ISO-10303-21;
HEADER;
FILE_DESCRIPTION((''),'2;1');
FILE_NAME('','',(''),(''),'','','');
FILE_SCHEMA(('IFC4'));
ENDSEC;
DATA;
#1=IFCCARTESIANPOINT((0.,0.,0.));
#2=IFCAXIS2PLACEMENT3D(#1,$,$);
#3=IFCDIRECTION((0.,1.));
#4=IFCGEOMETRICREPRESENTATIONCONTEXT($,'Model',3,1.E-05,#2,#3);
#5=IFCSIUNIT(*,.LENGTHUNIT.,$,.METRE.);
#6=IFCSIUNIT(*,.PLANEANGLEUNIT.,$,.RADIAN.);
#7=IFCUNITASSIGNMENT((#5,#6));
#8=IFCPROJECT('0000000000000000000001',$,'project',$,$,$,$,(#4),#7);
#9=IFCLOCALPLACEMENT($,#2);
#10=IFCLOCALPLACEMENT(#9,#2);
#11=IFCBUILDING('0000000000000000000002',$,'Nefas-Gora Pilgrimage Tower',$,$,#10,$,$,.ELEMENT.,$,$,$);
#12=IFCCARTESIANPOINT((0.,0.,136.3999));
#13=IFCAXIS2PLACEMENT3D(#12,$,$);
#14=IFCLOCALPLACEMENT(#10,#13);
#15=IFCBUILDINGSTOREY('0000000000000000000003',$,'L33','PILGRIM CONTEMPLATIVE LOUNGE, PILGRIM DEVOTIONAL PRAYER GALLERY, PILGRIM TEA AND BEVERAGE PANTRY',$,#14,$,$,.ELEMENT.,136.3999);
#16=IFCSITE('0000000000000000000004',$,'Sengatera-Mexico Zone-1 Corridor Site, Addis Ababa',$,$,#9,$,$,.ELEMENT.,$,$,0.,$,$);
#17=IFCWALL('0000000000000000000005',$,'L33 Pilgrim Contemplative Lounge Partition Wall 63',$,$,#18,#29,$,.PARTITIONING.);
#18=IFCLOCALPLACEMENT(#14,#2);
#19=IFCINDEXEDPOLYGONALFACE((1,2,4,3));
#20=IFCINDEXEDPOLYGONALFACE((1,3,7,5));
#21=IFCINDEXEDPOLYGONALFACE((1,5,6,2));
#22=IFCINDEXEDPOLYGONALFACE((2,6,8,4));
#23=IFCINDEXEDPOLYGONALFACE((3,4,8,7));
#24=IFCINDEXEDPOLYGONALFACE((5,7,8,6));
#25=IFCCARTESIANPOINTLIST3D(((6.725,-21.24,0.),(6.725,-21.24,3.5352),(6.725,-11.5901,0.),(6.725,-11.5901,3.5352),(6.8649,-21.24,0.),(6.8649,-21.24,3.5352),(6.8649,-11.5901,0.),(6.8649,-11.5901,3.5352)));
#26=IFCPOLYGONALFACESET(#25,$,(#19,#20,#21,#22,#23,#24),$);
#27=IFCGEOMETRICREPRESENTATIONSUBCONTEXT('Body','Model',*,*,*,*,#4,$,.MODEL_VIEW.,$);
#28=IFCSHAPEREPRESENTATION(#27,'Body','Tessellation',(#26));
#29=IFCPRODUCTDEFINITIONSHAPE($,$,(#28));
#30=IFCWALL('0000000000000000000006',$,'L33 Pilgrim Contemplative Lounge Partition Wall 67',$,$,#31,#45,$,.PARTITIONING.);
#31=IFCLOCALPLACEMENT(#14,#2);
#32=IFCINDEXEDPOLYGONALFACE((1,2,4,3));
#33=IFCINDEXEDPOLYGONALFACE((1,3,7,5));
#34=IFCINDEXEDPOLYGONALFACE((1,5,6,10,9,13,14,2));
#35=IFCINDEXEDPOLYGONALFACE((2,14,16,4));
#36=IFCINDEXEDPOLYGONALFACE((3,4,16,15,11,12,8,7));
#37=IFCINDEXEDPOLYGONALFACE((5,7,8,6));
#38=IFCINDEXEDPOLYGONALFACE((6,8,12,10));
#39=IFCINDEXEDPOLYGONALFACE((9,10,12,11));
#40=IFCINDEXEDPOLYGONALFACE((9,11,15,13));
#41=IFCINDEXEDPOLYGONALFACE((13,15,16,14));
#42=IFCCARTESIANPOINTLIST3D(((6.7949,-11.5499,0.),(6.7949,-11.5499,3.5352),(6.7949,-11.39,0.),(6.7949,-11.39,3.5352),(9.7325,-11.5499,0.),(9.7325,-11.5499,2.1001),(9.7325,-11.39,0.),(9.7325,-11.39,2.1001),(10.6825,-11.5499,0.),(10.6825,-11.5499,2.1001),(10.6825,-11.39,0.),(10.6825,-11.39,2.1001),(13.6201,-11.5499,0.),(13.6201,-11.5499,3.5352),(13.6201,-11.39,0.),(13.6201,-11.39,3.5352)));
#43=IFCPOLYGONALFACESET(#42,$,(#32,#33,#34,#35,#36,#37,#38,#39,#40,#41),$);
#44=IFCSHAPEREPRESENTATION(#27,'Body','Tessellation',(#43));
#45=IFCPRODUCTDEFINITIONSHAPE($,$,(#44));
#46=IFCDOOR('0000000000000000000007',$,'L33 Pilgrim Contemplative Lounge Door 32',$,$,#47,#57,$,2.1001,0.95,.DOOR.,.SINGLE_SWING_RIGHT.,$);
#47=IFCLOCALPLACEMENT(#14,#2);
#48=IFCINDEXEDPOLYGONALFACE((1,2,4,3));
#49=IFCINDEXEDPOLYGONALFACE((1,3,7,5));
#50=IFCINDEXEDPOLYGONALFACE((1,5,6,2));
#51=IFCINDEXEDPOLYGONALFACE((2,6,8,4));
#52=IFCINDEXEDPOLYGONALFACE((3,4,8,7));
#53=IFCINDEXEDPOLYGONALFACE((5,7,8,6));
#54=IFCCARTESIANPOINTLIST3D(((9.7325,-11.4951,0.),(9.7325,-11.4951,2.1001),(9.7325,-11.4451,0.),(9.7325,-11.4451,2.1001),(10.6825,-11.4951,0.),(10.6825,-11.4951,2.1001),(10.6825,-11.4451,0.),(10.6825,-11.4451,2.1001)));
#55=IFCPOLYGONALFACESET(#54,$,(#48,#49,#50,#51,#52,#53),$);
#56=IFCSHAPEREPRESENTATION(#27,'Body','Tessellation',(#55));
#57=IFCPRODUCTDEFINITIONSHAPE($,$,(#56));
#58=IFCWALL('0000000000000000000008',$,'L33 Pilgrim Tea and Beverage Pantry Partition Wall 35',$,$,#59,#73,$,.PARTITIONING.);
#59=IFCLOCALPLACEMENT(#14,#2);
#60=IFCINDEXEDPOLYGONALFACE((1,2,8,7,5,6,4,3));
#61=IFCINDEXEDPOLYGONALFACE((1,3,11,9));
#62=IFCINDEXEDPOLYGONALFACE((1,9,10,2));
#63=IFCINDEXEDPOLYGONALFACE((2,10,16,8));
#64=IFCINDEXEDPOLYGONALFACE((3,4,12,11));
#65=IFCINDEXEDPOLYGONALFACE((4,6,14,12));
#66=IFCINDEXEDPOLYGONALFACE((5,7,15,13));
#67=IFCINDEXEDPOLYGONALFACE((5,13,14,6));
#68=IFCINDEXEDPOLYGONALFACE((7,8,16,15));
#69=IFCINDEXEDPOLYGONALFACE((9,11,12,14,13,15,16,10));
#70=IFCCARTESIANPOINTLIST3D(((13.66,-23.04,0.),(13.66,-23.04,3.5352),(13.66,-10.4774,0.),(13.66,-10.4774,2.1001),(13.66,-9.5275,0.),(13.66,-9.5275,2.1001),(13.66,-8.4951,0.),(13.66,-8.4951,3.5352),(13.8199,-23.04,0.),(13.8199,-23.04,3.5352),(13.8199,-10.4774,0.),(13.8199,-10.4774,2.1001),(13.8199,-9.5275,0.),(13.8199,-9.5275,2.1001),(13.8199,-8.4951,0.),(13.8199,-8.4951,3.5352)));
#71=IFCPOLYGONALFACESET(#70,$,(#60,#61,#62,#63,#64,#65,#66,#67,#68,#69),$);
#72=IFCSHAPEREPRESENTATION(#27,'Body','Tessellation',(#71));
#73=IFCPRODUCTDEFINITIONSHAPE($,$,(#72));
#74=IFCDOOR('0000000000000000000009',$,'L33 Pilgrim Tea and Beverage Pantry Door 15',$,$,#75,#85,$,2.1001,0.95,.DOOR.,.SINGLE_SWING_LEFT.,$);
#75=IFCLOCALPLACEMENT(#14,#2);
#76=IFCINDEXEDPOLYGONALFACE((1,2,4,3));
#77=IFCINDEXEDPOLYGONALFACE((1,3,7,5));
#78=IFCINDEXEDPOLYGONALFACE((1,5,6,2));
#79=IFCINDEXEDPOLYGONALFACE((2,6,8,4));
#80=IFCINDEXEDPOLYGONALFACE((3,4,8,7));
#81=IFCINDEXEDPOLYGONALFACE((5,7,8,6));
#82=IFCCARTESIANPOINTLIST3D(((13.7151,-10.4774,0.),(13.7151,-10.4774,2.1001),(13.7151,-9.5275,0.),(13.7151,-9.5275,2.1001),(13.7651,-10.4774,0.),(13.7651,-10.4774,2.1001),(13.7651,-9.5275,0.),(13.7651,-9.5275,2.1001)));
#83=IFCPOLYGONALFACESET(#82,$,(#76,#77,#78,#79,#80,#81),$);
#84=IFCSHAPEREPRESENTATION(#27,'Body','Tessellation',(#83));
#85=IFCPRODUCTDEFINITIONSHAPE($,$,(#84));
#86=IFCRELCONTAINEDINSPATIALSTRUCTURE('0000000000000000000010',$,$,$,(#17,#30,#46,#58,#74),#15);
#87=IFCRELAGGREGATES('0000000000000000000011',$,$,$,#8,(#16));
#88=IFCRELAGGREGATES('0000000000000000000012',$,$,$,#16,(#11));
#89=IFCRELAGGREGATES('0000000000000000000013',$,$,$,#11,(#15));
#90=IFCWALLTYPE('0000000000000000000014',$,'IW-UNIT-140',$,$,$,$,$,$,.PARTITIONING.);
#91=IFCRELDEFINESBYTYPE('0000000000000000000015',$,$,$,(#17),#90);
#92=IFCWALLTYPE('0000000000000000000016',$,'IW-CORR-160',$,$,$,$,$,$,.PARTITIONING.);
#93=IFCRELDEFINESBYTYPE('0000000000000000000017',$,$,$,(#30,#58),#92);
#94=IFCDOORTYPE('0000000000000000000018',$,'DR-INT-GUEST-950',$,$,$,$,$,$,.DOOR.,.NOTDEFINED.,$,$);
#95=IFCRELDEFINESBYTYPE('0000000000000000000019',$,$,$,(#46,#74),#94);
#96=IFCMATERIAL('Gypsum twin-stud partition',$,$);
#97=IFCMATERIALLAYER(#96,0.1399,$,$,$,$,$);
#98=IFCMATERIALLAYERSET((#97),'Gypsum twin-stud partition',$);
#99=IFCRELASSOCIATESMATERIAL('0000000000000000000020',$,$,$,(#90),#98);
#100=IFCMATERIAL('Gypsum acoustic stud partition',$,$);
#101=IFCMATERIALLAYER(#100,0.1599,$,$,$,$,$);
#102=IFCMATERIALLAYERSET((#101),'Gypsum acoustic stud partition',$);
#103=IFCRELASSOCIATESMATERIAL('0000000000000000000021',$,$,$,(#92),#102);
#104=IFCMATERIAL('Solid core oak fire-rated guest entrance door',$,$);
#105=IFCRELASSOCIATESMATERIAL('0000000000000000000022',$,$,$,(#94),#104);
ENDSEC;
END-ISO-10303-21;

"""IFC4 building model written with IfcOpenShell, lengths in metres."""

from ifc_helpers import new_model, si_unit, direction, frame, frame_2d, origin, place, context, subcontext, project, spatial, rectangle, extrude, source, transform, mapped, material, layer, layer_set, type_object, element, fill, save


model = new_model("IFC4")

# Units and contexts
model_context = context("Model", 3, precision=1e-05, world=origin(), true_north=direction((0.0, 1.0)))
body_context = subcontext(model_context, "Body", "Model", "MODEL_VIEW")
ifc_project = project(units=[si_unit("LENGTHUNIT", "METRE"), si_unit("PLANEANGLEUNIT", "RADIAN")], contexts=[model_context])

# Site, building, storey
site_placement = place(None, origin())
site = spatial("IfcSite", under=ifc_project, at=site_placement, Name="Sengatera-Mexico Zone-1 Corridor Site, Addis Ababa", CompositionType="ELEMENT", RefElevation=0.0)
building_placement = place(site_placement, origin())
building = spatial("IfcBuilding", under=site, at=building_placement, Name="Nefas-Gora Pilgrimage Tower", CompositionType="ELEMENT")
storey_placement = place(building_placement, frame((0.0, 0.0, 136.3999)))
storey = spatial("IfcBuildingStorey", under=building, at=storey_placement, Name="L33", Description="PILGRIM CONTEMPLATIVE LOUNGE, PILGRIM DEVOTIONAL PRAYER GALLERY, PILGRIM TEA AND BEVERAGE PANTRY", CompositionType="ELEMENT", Elevation=136.3999)

# Wall
ifc_material_1 = material(Name="Gypsum twin-stud partition")
ifc_layer_1 = layer(ifc_material_1, 0.1399)
ifc_layer_set_1 = layer_set([ifc_layer_1], Name="Gypsum twin-stud partition")
wall_type_1 = type_object("IfcWallType", Name="IW-UNIT-140", PredefinedType="PARTITIONING", material=ifc_layer_set_1)
shared_shape_1 = source(origin(), body_context, "Body", "SweptSolid", [
    extrude(rectangle(XDim=9.6499, YDim=0.1399, at=frame_2d((4.825, 0.0))), origin(), (0.0, 0.0, 1.0), 3.5352),
])
wall_1_placement = place(storey_placement, frame((6.7949, -21.24, 0.0), z_axis=(0.0, 0.0, 1.0), x_axis=(0.0, 1.0, 0.0)))
element("IfcWall", 1, at=wall_1_placement, inside=storey, type_object=wall_type_1, Name="L33 Pilgrim Contemplative Lounge Partition Wall 63", PredefinedType="PARTITIONING", context=body_context, shape_type="MappedRepresentation", body=[
    mapped(shared_shape_1, transform((0.0, 0.0, 0.0), x_axis=(1.0, 0.0, 0.0), y_axis=(0.0, 1.0, 0.0), z_axis=(0.0, 0.0, 1.0), scale=1.0)),
])

# Walls, openings, doors
ifc_material_2 = material(Name="Gypsum acoustic stud partition")
ifc_layer_2 = layer(ifc_material_2, 0.1599)
ifc_layer_set_2 = layer_set([ifc_layer_2], Name="Gypsum acoustic stud partition")
wall_type_2 = type_object("IfcWallType", Name="IW-CORR-160", PredefinedType="PARTITIONING", material=ifc_layer_set_2)
shared_shape_2 = source(origin(), body_context, "Body", "SweptSolid", [
    extrude(rectangle(XDim=6.8252, YDim=0.1599, at=frame_2d((3.4126, 0.0))), origin(), (0.0, 0.0, 1.0), 3.5352),
])
wall_2_placement = place(storey_placement, frame((6.7949, -11.47, 0.0), z_axis=(0.0, 0.0, 1.0), x_axis=(1.0, 0.0, 0.0)))
wall_2 = element("IfcWall", 2, at=wall_2_placement, inside=storey, type_object=wall_type_2, Name="L33 Pilgrim Contemplative Lounge Partition Wall 67", PredefinedType="PARTITIONING", context=body_context, shape_type="MappedRepresentation", body=[
    mapped(shared_shape_2, transform((0.0, 0.0, 0.0), x_axis=(1.0, 0.0, 0.0), y_axis=(0.0, 1.0, 0.0), z_axis=(0.0, 0.0, 1.0), scale=1.0)),
])
opening_1_placement = place(wall_2_placement, frame((2.9375, 0.0, 0.0)))
opening_1 = element("IfcOpeningElement", 3, at=opening_1_placement, cuts=wall_2, PredefinedType="OPENING", context=body_context, shape_type="SweptSolid", body=[
    extrude(rectangle(XDim=0.95, YDim=2.1001, at=frame_2d((0.4751, 1.05))), frame((0.0, 0.0898, 0.0), z_axis=(0.0, -1.0, 0.0), x_axis=(1.0, 0.0, 0.0)), (0.0, 0.0, 1.0), 0.1799),
])
ifc_material_3 = material(Name="Solid core oak fire-rated guest entrance door")
door_type = type_object("IfcDoorType", Name="DR-INT-GUEST-950", OperationType="NOTDEFINED", PredefinedType="DOOR", material=ifc_material_3)
shared_shape_3 = source(origin(), body_context, "Body", "SweptSolid", [
    extrude(rectangle(XDim=0.95, YDim=2.1001, at=frame_2d((0.4751, 1.05))), frame((0.0, 0.0249, 0.0), z_axis=(0.0, -1.0, 0.0), x_axis=(1.0, 0.0, 0.0)), (0.0, 0.0, 1.0), 0.05),
])
door_1_placement = place(opening_1_placement, origin())
door_1 = element("IfcDoor", 4, at=door_1_placement, inside=storey, type_object=door_type, Name="L33 Pilgrim Contemplative Lounge Door 32", OperationType="SINGLE_SWING_RIGHT", OverallHeight=2.1001, OverallWidth=0.95, PredefinedType="DOOR", context=body_context, shape_type="MappedRepresentation", body=[
    mapped(shared_shape_3, transform((0.0, 0.0, 0.0), x_axis=(1.0, 0.0, 0.0), y_axis=(0.0, 1.0, 0.0), z_axis=(0.0, 0.0, 1.0), scale=1.0)),
])
fill(opening_1, door_1)
shared_shape_4 = source(origin(), body_context, "Body", "SweptSolid", [
    extrude(rectangle(XDim=14.5449, YDim=0.1599, at=frame_2d((7.2725, 0.0))), origin(), (0.0, 0.0, 1.0), 3.5352),
])
wall_3_placement = place(storey_placement, frame((13.74, -23.04, 0.0), z_axis=(0.0, 0.0, 1.0), x_axis=(0.0, 1.0, 0.0)))
wall_3 = element("IfcWall", 5, at=wall_3_placement, inside=storey, type_object=wall_type_2, Name="L33 Pilgrim Tea and Beverage Pantry Partition Wall 35", PredefinedType="PARTITIONING", context=body_context, shape_type="MappedRepresentation", body=[
    mapped(shared_shape_4, transform((0.0, 0.0, 0.0), x_axis=(1.0, 0.0, 0.0), y_axis=(0.0, 1.0, 0.0), z_axis=(0.0, 0.0, 1.0), scale=1.0)),
])
opening_2_placement = place(wall_3_placement, frame((12.5625, 0.0, 0.0)))
opening_2 = element("IfcOpeningElement", 6, at=opening_2_placement, cuts=wall_3, PredefinedType="OPENING", context=body_context, shape_type="SweptSolid", body=[
    extrude(rectangle(XDim=0.95, YDim=2.1001, at=frame_2d((0.4751, 1.05))), frame((0.0, 0.0898, 0.0), z_axis=(0.0, -1.0, 0.0), x_axis=(1.0, 0.0, 0.0)), (0.0, 0.0, 1.0), 0.1799),
])
door_2_placement = place(opening_2_placement, origin())
door_2 = element("IfcDoor", 7, at=door_2_placement, inside=storey, type_object=door_type, Name="L33 Pilgrim Tea and Beverage Pantry Door 15", OperationType="SINGLE_SWING_LEFT", OverallHeight=2.1001, OverallWidth=0.95, PredefinedType="DOOR", context=body_context, shape_type="MappedRepresentation", body=[
    mapped(shared_shape_3, transform((0.0, 0.0, 0.0), x_axis=(1.0, 0.0, 0.0), y_axis=(0.0, 1.0, 0.0), z_axis=(0.0, 0.0, 1.0), scale=1.0)),
])
fill(opening_2, door_2)

save(model, "model.ifc")
